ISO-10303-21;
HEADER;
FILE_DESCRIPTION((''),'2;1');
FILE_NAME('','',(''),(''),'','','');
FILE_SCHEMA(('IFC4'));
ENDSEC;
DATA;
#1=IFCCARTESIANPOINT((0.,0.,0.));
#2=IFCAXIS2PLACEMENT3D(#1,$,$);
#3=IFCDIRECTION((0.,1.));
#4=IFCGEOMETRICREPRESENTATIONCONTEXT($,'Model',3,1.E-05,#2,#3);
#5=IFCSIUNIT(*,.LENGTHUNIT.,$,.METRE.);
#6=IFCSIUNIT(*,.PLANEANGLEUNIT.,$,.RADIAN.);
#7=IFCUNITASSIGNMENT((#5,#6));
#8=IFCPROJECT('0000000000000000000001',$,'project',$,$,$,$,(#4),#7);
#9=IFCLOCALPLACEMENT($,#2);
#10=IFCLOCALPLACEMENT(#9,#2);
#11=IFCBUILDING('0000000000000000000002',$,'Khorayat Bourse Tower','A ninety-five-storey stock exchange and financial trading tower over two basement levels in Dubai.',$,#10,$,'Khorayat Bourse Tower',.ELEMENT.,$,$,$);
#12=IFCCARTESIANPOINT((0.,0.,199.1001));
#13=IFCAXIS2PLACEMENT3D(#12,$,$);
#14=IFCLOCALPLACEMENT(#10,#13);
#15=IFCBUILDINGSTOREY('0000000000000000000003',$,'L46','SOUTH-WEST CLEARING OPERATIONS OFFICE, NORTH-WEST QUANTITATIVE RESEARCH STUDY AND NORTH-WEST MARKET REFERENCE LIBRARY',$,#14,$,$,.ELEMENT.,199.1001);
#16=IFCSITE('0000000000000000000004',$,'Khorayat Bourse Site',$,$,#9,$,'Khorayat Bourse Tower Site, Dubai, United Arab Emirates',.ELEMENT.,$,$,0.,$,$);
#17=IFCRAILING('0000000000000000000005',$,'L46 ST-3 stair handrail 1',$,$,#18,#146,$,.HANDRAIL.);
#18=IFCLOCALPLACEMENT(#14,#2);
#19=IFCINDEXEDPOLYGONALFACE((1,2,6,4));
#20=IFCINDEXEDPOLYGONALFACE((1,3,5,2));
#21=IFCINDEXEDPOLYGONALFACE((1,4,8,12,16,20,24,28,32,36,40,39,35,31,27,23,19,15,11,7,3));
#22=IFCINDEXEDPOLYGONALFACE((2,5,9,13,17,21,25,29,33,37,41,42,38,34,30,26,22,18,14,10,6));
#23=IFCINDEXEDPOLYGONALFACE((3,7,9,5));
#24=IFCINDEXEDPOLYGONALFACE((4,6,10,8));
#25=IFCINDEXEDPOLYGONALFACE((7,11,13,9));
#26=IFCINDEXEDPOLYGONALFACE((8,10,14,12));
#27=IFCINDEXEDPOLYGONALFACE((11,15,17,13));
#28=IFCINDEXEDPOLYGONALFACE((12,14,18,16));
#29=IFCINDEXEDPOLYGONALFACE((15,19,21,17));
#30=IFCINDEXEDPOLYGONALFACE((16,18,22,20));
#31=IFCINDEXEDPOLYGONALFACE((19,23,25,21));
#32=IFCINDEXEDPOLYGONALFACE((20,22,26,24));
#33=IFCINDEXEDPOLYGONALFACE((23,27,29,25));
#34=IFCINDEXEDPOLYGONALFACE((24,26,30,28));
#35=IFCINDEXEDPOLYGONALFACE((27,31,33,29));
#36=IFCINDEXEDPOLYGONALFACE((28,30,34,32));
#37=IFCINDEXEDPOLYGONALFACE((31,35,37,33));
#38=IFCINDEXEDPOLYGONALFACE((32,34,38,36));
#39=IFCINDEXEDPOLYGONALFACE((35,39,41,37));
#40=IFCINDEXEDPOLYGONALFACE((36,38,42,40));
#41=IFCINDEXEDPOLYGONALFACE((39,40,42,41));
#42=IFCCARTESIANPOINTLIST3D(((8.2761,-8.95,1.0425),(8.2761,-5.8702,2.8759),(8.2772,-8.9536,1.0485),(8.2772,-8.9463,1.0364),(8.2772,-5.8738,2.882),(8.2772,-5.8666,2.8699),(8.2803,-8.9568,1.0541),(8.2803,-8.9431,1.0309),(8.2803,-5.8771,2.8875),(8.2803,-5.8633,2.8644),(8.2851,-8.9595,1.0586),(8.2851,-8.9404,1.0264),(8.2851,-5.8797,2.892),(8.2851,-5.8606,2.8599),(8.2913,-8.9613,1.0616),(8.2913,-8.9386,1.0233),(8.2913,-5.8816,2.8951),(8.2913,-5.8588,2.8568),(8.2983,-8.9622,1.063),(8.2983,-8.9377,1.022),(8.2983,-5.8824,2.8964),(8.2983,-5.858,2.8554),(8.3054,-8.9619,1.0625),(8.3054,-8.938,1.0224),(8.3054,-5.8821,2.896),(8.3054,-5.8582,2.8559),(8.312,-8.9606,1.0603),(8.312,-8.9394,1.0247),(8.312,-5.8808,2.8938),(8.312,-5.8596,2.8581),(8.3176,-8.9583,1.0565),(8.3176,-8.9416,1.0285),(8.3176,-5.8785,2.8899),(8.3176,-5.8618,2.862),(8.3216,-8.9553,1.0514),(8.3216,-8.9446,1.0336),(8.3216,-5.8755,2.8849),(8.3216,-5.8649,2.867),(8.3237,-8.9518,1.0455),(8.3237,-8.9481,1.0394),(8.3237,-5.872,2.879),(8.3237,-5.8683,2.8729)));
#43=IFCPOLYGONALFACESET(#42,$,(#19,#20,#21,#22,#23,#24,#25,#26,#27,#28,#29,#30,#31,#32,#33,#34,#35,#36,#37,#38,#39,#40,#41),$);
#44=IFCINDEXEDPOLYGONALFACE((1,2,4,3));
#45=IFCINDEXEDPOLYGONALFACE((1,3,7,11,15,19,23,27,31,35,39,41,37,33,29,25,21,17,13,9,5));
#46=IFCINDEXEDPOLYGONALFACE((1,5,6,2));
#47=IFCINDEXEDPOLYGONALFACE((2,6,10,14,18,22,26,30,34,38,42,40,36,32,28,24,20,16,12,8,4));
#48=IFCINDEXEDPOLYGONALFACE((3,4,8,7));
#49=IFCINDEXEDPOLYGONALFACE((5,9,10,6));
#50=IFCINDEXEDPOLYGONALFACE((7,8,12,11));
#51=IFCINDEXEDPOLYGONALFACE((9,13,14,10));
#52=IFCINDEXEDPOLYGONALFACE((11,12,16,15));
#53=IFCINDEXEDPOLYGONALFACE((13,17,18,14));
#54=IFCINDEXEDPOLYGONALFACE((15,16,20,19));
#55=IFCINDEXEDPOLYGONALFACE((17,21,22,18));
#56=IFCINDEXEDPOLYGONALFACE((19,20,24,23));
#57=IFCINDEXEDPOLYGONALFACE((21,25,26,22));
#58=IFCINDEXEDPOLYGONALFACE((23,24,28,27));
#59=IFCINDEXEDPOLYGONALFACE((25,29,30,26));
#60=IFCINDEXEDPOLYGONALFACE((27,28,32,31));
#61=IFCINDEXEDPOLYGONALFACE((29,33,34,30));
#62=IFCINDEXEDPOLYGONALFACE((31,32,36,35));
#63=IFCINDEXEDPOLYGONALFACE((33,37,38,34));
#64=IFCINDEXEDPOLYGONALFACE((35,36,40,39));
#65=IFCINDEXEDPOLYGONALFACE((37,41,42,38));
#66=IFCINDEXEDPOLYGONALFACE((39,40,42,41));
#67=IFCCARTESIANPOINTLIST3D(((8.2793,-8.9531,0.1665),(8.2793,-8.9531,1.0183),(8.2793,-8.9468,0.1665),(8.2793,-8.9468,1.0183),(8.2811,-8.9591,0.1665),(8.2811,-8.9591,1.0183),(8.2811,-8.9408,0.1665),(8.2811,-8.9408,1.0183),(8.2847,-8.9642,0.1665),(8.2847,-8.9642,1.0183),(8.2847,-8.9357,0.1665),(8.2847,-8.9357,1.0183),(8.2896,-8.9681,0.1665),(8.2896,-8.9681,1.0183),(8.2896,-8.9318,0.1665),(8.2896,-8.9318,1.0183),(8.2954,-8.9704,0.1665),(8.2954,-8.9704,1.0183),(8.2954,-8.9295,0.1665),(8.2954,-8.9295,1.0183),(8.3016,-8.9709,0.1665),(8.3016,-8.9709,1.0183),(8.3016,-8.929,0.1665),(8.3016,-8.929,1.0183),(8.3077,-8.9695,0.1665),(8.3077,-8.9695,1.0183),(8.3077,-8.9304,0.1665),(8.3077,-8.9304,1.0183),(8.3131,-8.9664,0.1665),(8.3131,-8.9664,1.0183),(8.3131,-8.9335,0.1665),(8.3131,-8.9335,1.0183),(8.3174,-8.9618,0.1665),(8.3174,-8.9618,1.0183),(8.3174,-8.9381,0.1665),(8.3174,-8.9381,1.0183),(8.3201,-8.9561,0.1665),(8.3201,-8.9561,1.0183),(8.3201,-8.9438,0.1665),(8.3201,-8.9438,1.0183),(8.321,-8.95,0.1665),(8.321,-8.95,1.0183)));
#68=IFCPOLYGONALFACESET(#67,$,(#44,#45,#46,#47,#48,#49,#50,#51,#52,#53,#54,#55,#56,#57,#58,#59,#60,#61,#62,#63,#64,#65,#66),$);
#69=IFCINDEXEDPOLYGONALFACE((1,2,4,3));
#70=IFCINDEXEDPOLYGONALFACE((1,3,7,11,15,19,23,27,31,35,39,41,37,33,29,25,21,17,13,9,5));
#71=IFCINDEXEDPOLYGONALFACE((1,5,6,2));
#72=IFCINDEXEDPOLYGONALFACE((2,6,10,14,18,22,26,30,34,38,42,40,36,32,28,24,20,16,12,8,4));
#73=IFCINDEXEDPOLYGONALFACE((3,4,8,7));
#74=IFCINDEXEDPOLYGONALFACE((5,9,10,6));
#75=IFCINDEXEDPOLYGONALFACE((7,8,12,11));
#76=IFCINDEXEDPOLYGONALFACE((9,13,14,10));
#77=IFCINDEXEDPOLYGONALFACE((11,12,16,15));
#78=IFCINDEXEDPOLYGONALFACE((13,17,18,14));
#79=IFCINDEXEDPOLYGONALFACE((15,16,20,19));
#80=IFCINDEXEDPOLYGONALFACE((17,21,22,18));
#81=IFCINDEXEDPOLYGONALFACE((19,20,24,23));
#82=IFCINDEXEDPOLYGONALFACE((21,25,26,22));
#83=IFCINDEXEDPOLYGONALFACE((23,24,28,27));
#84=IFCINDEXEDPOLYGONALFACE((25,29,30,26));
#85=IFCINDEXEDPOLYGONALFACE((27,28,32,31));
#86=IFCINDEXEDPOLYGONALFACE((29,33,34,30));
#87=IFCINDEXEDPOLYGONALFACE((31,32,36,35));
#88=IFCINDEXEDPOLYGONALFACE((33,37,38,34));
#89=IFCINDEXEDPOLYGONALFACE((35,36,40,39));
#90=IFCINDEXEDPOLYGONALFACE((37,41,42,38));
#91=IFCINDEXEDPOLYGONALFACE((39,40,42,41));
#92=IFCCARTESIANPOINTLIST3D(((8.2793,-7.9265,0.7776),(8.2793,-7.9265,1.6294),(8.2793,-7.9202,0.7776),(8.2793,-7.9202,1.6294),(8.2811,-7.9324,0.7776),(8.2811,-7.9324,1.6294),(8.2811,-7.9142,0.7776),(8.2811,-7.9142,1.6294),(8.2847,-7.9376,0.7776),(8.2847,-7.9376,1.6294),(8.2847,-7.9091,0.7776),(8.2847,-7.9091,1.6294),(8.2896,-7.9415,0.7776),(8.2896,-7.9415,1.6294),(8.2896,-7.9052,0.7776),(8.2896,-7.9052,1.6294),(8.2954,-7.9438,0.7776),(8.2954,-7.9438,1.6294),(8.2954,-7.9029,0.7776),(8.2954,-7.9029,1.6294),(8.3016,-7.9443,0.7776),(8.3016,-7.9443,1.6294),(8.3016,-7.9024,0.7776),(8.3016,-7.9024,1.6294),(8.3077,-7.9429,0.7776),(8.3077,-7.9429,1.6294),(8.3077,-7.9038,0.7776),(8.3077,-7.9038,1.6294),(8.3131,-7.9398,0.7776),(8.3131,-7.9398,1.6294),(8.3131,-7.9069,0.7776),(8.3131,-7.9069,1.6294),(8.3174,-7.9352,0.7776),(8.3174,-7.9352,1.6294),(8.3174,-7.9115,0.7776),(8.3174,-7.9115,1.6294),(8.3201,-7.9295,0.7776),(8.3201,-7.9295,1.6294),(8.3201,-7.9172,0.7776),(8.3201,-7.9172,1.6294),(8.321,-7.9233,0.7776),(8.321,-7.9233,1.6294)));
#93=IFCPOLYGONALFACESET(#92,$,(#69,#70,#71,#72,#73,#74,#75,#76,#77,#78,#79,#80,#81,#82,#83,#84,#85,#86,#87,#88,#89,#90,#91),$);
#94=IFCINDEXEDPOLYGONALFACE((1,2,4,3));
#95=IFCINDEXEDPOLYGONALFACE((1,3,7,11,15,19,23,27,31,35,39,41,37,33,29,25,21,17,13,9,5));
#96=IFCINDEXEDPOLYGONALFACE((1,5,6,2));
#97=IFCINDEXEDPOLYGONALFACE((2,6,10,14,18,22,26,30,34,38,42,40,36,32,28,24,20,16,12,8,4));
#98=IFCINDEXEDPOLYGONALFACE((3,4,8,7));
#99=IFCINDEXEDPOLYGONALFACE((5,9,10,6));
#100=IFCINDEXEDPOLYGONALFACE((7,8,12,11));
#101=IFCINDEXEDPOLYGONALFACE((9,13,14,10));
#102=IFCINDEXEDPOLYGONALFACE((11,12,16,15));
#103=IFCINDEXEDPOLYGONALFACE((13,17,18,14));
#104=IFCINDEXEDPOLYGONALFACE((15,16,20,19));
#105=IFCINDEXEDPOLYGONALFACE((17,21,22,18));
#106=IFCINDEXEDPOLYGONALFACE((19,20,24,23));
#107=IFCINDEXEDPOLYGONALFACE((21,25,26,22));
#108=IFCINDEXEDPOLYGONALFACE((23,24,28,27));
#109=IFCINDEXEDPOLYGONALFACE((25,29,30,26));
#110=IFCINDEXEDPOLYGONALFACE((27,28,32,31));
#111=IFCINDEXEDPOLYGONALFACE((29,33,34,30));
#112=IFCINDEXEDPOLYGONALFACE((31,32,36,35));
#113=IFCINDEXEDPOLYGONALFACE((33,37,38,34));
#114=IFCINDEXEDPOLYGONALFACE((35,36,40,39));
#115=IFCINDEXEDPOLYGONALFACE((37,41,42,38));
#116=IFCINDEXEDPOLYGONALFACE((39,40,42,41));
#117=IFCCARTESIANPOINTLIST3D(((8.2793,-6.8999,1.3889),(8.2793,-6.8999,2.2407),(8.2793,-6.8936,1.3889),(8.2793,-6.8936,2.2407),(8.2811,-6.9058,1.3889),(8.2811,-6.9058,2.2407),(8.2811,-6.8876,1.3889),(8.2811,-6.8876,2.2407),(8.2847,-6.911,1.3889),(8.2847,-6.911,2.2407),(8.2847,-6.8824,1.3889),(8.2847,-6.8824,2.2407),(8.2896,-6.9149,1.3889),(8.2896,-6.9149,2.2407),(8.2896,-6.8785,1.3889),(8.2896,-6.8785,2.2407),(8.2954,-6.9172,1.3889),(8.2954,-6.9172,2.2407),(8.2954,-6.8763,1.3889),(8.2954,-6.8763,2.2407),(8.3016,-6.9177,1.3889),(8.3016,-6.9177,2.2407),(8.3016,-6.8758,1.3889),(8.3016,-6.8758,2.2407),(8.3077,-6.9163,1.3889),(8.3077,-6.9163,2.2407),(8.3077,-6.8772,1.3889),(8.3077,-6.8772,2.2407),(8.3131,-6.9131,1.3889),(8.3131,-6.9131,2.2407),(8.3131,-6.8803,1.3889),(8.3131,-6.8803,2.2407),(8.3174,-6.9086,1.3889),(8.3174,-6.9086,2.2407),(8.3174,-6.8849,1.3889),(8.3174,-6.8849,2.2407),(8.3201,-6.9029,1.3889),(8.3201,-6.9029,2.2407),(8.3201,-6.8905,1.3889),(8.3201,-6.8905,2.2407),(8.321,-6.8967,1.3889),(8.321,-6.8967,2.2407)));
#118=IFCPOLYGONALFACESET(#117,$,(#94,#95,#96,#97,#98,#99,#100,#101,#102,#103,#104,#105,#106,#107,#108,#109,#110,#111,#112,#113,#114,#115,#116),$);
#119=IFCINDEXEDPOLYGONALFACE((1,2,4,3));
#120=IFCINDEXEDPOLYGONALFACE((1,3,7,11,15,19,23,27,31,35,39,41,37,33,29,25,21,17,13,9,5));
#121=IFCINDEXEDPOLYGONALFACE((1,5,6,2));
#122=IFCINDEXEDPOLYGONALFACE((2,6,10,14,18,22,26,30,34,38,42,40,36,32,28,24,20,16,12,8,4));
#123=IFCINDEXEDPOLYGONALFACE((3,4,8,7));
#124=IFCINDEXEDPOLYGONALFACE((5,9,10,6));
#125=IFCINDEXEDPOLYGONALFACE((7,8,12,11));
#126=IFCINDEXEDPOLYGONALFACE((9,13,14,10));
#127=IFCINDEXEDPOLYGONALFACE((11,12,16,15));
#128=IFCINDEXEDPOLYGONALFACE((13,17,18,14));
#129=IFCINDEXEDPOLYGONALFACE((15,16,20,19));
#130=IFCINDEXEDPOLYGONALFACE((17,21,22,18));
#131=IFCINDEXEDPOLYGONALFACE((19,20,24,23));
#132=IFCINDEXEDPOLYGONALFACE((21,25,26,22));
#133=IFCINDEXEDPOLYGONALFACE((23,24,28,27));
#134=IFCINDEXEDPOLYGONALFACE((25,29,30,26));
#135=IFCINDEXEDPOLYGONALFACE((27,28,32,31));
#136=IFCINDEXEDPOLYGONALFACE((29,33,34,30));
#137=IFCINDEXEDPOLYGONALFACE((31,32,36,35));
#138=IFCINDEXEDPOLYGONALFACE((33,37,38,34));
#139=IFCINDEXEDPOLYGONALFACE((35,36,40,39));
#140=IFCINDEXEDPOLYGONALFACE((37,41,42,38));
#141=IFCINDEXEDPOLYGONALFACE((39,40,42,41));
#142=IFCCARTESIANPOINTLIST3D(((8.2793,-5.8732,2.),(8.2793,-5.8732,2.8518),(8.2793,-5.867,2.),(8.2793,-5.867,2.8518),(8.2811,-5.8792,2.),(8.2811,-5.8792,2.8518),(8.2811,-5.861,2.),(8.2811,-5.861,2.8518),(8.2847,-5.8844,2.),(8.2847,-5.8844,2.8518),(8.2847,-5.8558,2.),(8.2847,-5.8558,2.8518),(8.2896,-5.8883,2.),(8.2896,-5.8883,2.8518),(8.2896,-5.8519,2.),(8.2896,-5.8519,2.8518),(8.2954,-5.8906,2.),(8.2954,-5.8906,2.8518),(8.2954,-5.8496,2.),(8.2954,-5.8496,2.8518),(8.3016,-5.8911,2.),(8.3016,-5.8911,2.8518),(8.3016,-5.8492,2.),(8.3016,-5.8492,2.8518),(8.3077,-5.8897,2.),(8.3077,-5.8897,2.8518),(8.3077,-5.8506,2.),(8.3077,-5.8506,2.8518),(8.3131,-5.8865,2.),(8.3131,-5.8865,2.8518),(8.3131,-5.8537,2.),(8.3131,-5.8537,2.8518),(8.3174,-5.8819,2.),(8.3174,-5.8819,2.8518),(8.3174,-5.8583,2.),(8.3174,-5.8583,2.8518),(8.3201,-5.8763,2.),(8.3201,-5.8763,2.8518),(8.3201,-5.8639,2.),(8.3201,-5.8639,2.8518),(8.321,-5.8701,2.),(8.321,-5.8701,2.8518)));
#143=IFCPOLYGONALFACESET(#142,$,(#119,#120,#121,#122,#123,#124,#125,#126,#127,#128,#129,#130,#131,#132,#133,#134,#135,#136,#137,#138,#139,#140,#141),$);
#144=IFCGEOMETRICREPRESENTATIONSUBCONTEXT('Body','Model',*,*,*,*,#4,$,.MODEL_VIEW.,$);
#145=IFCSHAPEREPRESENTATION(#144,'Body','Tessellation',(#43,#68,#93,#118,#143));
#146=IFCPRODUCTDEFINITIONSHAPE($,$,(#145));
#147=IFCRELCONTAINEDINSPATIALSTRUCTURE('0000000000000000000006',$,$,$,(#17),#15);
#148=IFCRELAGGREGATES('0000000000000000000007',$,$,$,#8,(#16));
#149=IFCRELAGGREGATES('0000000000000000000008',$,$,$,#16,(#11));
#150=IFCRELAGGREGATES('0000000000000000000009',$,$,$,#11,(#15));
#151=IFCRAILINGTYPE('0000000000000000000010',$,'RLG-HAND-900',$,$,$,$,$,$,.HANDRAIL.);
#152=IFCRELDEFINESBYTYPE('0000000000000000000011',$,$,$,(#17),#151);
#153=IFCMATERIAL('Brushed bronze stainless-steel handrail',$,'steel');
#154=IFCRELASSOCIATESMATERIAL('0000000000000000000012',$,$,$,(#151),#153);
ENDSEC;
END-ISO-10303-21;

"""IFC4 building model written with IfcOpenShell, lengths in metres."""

from ifc_helpers import new_model, si_unit, direction, frame, origin, origin_2d, place, context, subcontext, project, spatial, circle, extrude, source, transform, mapped, material, type_object, element, save


model = new_model("IFC4")

# Units and contexts
model_context = context("Model", 3, precision=1e-05, world=origin(), true_north=direction((0.0, 1.0)))
body_context = subcontext(model_context, "Body", "Model", "MODEL_VIEW")
ifc_project = project(units=[si_unit("LENGTHUNIT", "METRE"), si_unit("PLANEANGLEUNIT", "RADIAN")], contexts=[model_context])

# Site, building, storey
site_placement = place(None, origin())
site = spatial("IfcSite", under=ifc_project, at=site_placement, Name="Khorayat Bourse Site", LongName="Khorayat Bourse Tower Site, Dubai, United Arab Emirates", CompositionType="ELEMENT", RefElevation=0.0)
building_placement = place(site_placement, origin())
building = spatial("IfcBuilding", under=site, at=building_placement, Name="Khorayat Bourse Tower", Description="A ninety-five-storey stock exchange and financial trading tower over two basement levels in Dubai.", LongName="Khorayat Bourse Tower", CompositionType="ELEMENT")
storey_placement = place(building_placement, frame((0.0, 0.0, 199.1001)))
storey = spatial("IfcBuildingStorey", under=building, at=storey_placement, Name="L46", Description="SOUTH-WEST CLEARING OPERATIONS OFFICE, NORTH-WEST QUANTITATIVE RESEARCH STUDY AND NORTH-WEST MARKET REFERENCE LIBRARY", CompositionType="ELEMENT", Elevation=199.1001)

# Railing
ifc_material_1 = material(Name="Brushed bronze stainless-steel handrail", Category="steel")
railing_type_1 = type_object("IfcRailingType", Name="RLG-HAND-900", PredefinedType="HANDRAIL", material=ifc_material_1)
shared_shape_1 = source(origin(), body_context, "Body", "SweptSolid", [
    extrude(circle(Radius=0.0239, at=origin_2d()), frame((0.0, 0.0, 0.876), z_axis=(0.0, 0.859261, 0.511538), x_axis=(-1.0, 0.0, 0.0)), (0.0, 0.0, 1.0), 3.5842),
    extrude(circle(Radius=0.021, at=origin_2d()), origin(), (0.0, 0.0, 1.0), 0.8518),
    extrude(circle(Radius=0.021, at=origin_2d()), frame((0.0, 1.0266, 0.6111)), (0.0, 0.0, 1.0), 0.8518),
    extrude(circle(Radius=0.021, at=origin_2d()), frame((0.0, 2.0532, 1.2224)), (0.0, 0.0, 1.0), 0.8518),
    extrude(circle(Radius=0.021, at=origin_2d()), frame((0.0, 3.0798, 1.8335)), (0.0, 0.0, 1.0), 0.8518),
])
railing_1_placement = place(storey_placement, frame((8.3, -8.95, 0.1665)))
element("IfcRailing", 1, at=railing_1_placement, inside=storey, type_object=railing_type_1, Name="L46 ST-3 stair handrail 1", PredefinedType="HANDRAIL", context=body_context, shape_type="MappedRepresentation", body=[
    mapped(shared_shape_1, transform((0.0, 0.0, 0.0), scale=1.0)),
])

save(model, "model.ifc")
